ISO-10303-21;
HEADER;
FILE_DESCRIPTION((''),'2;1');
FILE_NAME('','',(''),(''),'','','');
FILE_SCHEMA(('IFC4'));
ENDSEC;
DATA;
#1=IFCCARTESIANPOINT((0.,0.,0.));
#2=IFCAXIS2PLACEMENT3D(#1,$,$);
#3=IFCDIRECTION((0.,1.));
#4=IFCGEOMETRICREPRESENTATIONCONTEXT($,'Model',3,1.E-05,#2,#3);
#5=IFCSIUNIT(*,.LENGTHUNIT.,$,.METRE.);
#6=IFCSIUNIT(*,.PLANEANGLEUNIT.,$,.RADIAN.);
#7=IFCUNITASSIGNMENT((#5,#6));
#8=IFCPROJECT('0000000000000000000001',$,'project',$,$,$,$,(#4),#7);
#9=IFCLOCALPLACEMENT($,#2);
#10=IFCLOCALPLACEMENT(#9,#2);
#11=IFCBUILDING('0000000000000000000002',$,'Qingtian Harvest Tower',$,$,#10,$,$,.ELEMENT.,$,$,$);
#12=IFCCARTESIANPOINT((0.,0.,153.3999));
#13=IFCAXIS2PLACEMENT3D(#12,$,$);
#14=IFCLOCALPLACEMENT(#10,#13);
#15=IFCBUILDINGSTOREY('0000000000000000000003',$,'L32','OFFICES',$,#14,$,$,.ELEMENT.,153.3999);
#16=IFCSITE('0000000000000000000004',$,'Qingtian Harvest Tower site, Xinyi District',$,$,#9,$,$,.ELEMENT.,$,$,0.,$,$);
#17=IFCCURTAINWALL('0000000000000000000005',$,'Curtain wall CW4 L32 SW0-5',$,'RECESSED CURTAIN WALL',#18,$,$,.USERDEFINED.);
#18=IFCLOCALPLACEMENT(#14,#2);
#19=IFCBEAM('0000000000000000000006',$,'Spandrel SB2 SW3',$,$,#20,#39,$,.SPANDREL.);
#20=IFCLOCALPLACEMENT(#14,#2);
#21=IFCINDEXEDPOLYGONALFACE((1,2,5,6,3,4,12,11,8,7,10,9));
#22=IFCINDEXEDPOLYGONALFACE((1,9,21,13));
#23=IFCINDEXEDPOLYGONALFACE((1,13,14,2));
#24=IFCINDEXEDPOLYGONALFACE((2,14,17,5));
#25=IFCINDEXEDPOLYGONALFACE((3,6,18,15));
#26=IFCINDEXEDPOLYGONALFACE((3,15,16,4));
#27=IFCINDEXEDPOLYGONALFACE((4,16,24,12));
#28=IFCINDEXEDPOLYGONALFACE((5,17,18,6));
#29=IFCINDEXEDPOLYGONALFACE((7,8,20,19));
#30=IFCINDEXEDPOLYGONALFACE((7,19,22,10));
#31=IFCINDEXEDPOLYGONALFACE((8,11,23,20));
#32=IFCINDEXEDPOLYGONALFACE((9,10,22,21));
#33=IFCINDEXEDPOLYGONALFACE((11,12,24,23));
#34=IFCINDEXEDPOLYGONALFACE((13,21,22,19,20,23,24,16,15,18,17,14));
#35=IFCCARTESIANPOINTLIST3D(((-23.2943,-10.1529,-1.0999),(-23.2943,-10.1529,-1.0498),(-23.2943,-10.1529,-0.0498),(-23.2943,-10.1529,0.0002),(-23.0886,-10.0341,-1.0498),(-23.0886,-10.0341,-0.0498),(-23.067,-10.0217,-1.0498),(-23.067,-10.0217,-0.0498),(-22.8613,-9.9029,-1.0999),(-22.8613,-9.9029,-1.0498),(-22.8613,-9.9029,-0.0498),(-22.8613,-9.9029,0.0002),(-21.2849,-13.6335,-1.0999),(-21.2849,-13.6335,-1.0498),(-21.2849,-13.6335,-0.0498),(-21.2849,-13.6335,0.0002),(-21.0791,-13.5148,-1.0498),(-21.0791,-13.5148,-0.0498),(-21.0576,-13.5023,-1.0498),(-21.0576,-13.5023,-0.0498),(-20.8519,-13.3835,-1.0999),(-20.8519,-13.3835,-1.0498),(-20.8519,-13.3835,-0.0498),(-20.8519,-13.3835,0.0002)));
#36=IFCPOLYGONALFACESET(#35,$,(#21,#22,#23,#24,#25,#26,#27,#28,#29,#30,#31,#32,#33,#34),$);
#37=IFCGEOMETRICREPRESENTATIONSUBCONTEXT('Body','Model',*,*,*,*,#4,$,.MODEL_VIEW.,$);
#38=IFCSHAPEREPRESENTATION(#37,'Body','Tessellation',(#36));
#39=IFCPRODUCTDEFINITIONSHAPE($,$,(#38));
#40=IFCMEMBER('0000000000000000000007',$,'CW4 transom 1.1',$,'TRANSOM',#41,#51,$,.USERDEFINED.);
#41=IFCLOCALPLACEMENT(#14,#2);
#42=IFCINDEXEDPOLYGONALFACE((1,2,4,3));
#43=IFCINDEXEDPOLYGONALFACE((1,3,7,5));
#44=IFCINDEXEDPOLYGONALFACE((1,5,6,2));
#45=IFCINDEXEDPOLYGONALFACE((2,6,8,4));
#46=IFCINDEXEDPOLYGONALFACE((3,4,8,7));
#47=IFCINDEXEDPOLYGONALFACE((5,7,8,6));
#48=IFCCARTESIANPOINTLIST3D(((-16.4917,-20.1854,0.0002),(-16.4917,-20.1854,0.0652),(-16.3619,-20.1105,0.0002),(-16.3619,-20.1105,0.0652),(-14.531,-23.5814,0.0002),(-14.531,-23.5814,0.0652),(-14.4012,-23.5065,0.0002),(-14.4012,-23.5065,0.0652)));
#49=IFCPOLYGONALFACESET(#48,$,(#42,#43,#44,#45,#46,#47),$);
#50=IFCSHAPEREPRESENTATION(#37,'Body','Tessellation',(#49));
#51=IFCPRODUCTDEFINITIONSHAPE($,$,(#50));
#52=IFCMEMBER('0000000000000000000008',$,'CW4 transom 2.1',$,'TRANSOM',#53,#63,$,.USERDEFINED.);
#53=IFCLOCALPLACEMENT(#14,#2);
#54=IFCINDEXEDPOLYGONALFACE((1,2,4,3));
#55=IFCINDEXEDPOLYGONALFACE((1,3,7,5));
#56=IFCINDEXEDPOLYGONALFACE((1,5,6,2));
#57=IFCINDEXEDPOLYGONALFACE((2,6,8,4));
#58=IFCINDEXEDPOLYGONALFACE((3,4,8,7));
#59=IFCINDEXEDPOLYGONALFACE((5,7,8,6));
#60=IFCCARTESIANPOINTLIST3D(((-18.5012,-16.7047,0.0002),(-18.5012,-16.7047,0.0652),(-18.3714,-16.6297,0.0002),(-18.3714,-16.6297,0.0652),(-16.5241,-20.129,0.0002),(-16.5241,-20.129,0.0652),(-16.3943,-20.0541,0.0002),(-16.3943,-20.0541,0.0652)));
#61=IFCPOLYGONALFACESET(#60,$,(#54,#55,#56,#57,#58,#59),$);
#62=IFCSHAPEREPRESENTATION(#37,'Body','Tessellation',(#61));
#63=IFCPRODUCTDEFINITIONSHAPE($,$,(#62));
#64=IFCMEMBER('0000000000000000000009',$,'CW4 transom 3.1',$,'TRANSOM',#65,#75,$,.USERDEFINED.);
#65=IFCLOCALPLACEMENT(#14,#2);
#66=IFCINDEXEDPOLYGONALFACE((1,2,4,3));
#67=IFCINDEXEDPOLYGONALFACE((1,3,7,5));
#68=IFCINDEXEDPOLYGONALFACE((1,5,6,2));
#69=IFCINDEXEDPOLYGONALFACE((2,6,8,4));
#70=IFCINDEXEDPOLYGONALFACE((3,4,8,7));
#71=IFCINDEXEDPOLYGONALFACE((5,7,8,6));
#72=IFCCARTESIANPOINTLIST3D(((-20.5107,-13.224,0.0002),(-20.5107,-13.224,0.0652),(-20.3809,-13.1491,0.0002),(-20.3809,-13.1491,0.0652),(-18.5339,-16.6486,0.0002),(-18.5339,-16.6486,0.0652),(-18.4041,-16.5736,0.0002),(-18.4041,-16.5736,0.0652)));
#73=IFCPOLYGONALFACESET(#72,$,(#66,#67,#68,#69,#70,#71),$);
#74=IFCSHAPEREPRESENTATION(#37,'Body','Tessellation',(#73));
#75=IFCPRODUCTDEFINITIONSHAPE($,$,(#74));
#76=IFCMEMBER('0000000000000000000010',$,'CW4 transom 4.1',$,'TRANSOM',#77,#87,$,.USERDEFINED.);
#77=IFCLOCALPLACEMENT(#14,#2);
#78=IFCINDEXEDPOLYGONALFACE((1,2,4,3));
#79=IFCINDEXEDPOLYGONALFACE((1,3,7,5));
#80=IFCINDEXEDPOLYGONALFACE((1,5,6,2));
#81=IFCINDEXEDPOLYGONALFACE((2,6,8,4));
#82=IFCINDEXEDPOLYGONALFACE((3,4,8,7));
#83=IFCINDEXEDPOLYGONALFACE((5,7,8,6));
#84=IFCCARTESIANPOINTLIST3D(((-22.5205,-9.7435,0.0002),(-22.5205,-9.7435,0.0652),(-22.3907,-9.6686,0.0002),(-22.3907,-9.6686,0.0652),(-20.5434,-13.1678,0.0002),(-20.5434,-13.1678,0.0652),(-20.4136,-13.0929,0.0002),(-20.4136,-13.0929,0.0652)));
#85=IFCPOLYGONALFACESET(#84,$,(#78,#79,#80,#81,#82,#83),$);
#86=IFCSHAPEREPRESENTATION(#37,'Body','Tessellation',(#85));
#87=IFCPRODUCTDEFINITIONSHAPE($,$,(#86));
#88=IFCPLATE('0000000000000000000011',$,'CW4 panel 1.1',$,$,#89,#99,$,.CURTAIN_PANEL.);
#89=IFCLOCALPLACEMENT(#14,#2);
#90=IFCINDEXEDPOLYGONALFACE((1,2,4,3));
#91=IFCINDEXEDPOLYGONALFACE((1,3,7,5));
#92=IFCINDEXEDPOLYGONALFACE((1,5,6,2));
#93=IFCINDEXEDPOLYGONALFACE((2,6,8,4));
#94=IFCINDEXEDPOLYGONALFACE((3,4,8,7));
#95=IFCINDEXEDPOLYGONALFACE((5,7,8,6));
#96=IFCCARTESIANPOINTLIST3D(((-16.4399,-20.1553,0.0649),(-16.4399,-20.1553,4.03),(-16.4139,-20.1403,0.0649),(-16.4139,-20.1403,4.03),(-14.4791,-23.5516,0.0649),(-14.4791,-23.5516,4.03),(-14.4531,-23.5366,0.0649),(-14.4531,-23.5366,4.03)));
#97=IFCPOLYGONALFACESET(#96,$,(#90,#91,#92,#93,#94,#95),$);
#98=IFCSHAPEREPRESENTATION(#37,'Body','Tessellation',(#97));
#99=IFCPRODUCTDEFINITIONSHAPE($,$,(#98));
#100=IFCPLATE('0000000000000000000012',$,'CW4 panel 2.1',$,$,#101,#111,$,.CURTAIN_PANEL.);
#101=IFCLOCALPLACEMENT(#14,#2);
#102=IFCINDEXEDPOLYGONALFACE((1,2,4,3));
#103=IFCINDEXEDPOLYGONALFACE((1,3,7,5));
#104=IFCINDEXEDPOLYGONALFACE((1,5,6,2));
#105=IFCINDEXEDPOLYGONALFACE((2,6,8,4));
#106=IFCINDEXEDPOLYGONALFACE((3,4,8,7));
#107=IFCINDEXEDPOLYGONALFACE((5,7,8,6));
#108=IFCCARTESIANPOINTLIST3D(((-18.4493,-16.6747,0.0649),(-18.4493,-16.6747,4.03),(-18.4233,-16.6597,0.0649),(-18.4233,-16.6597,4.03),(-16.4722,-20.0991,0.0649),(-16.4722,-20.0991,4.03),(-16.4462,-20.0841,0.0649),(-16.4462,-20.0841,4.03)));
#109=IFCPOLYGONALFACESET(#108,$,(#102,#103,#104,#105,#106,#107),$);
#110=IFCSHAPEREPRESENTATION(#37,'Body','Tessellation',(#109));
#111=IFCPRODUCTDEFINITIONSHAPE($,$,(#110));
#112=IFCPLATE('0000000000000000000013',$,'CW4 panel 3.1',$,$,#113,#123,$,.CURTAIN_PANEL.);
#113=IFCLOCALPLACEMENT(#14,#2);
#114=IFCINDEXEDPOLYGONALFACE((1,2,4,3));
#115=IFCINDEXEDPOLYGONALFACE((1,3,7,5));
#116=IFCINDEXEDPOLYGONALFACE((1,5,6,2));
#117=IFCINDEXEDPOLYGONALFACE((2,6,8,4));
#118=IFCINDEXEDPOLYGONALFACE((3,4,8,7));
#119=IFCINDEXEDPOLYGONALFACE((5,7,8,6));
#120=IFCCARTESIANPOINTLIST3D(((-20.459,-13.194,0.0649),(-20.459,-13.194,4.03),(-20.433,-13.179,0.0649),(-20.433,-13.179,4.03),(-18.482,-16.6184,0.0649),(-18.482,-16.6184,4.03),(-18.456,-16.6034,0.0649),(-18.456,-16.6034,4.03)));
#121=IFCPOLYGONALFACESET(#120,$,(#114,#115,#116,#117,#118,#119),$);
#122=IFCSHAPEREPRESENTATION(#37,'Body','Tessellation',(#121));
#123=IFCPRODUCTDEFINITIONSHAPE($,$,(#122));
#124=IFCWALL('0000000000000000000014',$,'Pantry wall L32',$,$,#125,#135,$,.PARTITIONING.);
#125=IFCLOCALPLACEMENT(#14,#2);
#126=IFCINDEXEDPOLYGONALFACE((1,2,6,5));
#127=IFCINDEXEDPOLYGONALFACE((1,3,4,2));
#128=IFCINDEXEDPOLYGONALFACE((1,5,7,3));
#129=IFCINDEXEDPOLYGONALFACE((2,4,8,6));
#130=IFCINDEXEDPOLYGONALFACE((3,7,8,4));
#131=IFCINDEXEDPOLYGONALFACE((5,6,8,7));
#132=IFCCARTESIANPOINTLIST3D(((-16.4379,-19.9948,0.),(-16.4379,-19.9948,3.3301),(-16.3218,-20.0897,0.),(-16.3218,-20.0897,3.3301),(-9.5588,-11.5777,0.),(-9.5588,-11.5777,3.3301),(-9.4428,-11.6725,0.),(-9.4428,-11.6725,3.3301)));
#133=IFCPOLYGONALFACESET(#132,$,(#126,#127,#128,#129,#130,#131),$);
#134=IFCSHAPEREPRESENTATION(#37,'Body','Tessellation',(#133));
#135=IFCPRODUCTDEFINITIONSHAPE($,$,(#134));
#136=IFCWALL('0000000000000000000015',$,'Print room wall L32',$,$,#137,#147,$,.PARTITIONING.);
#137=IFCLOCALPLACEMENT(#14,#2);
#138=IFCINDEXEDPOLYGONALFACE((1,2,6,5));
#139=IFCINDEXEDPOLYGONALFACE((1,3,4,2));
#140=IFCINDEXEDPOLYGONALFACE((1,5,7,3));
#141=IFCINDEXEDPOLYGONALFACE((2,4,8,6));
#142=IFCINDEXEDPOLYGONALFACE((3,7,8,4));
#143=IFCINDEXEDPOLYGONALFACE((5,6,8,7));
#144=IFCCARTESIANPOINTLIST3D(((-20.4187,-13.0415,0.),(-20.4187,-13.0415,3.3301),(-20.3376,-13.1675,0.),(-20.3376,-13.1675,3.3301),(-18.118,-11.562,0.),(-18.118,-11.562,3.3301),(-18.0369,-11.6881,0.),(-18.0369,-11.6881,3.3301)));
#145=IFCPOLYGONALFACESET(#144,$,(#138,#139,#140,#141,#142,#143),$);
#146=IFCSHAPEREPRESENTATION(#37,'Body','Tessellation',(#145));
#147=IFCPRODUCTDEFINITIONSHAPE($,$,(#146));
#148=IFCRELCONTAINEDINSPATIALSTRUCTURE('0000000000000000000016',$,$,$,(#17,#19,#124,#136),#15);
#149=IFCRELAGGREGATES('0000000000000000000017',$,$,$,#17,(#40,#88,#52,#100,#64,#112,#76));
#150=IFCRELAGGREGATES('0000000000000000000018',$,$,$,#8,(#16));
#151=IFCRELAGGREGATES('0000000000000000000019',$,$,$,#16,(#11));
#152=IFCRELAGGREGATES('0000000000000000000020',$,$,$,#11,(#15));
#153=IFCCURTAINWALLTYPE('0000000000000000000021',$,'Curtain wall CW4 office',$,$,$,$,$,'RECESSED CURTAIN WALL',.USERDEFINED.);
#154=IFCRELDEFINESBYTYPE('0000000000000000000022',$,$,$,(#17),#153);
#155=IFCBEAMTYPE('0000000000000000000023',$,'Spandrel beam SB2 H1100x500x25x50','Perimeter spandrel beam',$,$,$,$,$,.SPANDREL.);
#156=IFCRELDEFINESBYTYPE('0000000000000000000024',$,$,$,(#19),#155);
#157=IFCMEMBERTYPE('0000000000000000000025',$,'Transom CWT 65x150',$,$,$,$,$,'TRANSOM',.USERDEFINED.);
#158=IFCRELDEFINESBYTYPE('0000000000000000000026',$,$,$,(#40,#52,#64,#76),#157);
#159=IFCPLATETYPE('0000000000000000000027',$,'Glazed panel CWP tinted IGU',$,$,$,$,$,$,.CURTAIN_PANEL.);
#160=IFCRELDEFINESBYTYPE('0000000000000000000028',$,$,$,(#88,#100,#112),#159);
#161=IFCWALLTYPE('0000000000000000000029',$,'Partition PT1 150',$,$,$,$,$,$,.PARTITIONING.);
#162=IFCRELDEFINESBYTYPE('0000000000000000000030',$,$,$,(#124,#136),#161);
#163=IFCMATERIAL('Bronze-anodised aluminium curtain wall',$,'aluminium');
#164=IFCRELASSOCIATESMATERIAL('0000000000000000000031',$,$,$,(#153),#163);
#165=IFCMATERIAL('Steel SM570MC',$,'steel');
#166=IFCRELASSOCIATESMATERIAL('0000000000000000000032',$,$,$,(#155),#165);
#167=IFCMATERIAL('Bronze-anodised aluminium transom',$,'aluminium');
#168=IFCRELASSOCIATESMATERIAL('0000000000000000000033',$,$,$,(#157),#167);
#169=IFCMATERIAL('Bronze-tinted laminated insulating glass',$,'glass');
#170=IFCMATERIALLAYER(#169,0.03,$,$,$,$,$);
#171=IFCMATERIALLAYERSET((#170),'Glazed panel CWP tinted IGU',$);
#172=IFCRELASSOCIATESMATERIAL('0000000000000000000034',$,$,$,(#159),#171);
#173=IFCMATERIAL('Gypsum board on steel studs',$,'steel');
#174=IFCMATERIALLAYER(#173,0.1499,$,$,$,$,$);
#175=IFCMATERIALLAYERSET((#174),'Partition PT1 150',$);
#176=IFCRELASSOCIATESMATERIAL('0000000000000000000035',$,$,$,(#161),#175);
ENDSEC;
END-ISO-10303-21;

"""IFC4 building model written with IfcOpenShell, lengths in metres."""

from ifc_helpers import new_model, si_unit, direction, frame, frame_2d, origin, origin_2d, place, context, subcontext, project, spatial, rectangle, i_section, extrude, material, layer, layer_set, material_profile, profile_set, type_object, element, aggregate, save


model = new_model("IFC4")

# Units and contexts
model_context = context("Model", 3, precision=1e-05, world=origin(), true_north=direction((0.0, 1.0)))
body_context = subcontext(model_context, "Body", "Model", "MODEL_VIEW")
ifc_project = project(units=[si_unit("LENGTHUNIT", "METRE"), si_unit("PLANEANGLEUNIT", "RADIAN")], contexts=[model_context])

# Site, building, storey
site_placement = place(None, origin())
site = spatial("IfcSite", under=ifc_project, at=site_placement, Name="Qingtian Harvest Tower site, Xinyi District", CompositionType="ELEMENT", RefElevation=0.0)
building_placement = place(site_placement, origin())
building = spatial("IfcBuilding", under=site, at=building_placement, Name="Qingtian Harvest Tower", CompositionType="ELEMENT")
storey_placement = place(building_placement, frame((0.0, 0.0, 153.3999)))
storey = spatial("IfcBuildingStorey", under=building, at=storey_placement, Name="L32", Description="OFFICES", CompositionType="ELEMENT", Elevation=153.3999)

# Shared definitions
ifc_material_1 = material(Name="Bronze-anodised aluminium curtain wall", Category="aluminium")
curtain_wall_type = type_object("IfcCurtainWallType", Name="Curtain wall CW4 office", ElementType="RECESSED CURTAIN WALL", PredefinedType="USERDEFINED", material=ifc_material_1)

# Curtain wall
curtain_wall_1_placement = place(storey_placement, origin())
curtain_wall_1 = element("IfcCurtainWall", 1, at=curtain_wall_1_placement, inside=storey, type_object=curtain_wall_type, Name="Curtain wall CW4 L32 SW0-5", ObjectType="RECESSED CURTAIN WALL", PredefinedType="USERDEFINED")

# Beam
ifc_material_2 = material(Name="Steel SM570MC", Category="steel")
ifc_material_profile_1 = material_profile(ifc_material_2, i_section(OverallWidth=0.5, OverallDepth=1.1001, WebThickness=0.0249, FlangeThickness=0.05, at=origin_2d()), Name="H1100x500x25x50")
ifc_profile_set_1 = profile_set([ifc_material_profile_1], Name="Steel SM570MC")
beam_type_1 = type_object("IfcBeamType", Name="Spandrel beam SB2 H1100x500x25x50", Description="Perimeter spandrel beam", PredefinedType="SPANDREL", material=ifc_profile_set_1)
for number, where, z_axis, x_axis, name in (
    (2, (-21.0684, -13.5085, -0.5498), (-0.499987, 0.866033, 0.0), (-0.866033, -0.499987, 0.0), "Spandrel SB2 SW3"),
):
    element("IfcBeam", number, at=place(storey_placement, frame(where, z_axis=z_axis, x_axis=x_axis)), inside=storey, type_object=beam_type_1, Name=name, PredefinedType="SPANDREL", context=body_context, shape_type="SweptSolid", body=[
        extrude(i_section(OverallWidth=0.5, OverallDepth=1.1001, WebThickness=0.0249, FlangeThickness=0.05, at=origin_2d()), origin(), (0.0, 0.0, 1.0), 4.019),
    ])

# Members
ifc_material_3 = material(Name="Bronze-anodised aluminium transom", Category="aluminium")
ifc_material_profile_2 = material_profile(ifc_material_3, rectangle(XDim=0.1499, YDim=0.0649, at=origin_2d()), Name="AL 65x150")
ifc_profile_set_2 = profile_set([ifc_material_profile_2], Name="Bronze-anodised aluminium transom")
member_type_1 = type_object("IfcMemberType", Name="Transom CWT 65x150", ElementType="TRANSOM", PredefinedType="USERDEFINED", material=ifc_profile_set_2)
member_1_placement = place(storey_placement, frame((-14.4661, -23.5439, 0.0327), z_axis=(-0.500003, 0.866024, 0.0), x_axis=(-0.866024, -0.500003, 0.0)))
member_1 = element("IfcMember", 3, at=member_1_placement, type_object=member_type_1, Name="CW4 transom 1.1", ObjectType="TRANSOM", PredefinedType="USERDEFINED", context=body_context, shape_type="SweptSolid", body=[
    extrude(rectangle(XDim=0.1499, YDim=0.0649, at=origin_2d()), origin(), (0.0, 0.0, 1.0), 3.9214),
])
member_2_placement = place(storey_placement, frame((-16.4592, -20.0916, 0.0327), z_axis=(-0.500004, 0.866023, 0.0), x_axis=(-0.866023, -0.500004, 0.0)))
member_2 = element("IfcMember", 4, at=member_2_placement, type_object=member_type_1, Name="CW4 transom 2.1", ObjectType="TRANSOM", PredefinedType="USERDEFINED", context=body_context, shape_type="SweptSolid", body=[
    extrude(rectangle(XDim=0.1499, YDim=0.0649, at=origin_2d()), origin(), (0.0, 0.0, 1.0), 3.9541),
])
member_3_placement = place(storey_placement, frame((-18.469, -16.6111, 0.0327), z_axis=(-0.499931, 0.866065, 0.0), x_axis=(-0.866065, -0.499931, 0.0)))
member_3 = element("IfcMember", 5, at=member_3_placement, type_object=member_type_1, Name="CW4 transom 3.1", ObjectType="TRANSOM", PredefinedType="USERDEFINED", context=body_context, shape_type="SweptSolid", body=[
    extrude(rectangle(XDim=0.1499, YDim=0.0649, at=origin_2d()), origin(), (0.0, 0.0, 1.0), 3.9541),
])
member_4_placement = place(storey_placement, frame((-20.4785, -13.1304, 0.0327), z_axis=(-0.500004, 0.866023, 0.0), x_axis=(-0.866023, -0.500004, 0.0)))
member_4 = element("IfcMember", 6, at=member_4_placement, type_object=member_type_1, Name="CW4 transom 4.1", ObjectType="TRANSOM", PredefinedType="USERDEFINED", context=body_context, shape_type="SweptSolid", body=[
    extrude(rectangle(XDim=0.1499, YDim=0.0649, at=origin_2d()), origin(), (0.0, 0.0, 1.0), 3.9541),
])

# Plates
ifc_material_4 = material(Name="Bronze-tinted laminated insulating glass", Category="glass")
ifc_layer_1 = layer(ifc_material_4, 0.03)
ifc_layer_set_1 = layer_set([ifc_layer_1], Name="Glazed panel CWP tinted IGU")
plate_type = type_object("IfcPlateType", Name="Glazed panel CWP tinted IGU", PredefinedType="CURTAIN_PANEL", material=ifc_layer_set_1)
plate_1_placement = place(storey_placement, frame((-15.4465, -21.8459, 0.0649), z_axis=(0.0, 0.0, 1.0), x_axis=(-0.5, 0.866025, 0.0)))
plate_1 = element("IfcPlate", 7, at=plate_1_placement, type_object=plate_type, Name="CW4 panel 1.1", PredefinedType="CURTAIN_PANEL", context=body_context, shape_type="SweptSolid", body=[
    extrude(rectangle(XDim=3.9216, YDim=0.03, at=origin_2d()), origin(), (0.0, 0.0, 1.0), 3.9651),
])
plate_2_placement = place(storey_placement, frame((-17.4478, -18.3794, 0.0649), z_axis=(0.0, 0.0, 1.0), x_axis=(-0.5, 0.866025, 0.0)))
plate_2 = element("IfcPlate", 8, at=plate_2_placement, type_object=plate_type, Name="CW4 panel 2.1", PredefinedType="CURTAIN_PANEL", context=body_context, shape_type="SweptSolid", body=[
    extrude(rectangle(XDim=3.9541, YDim=0.03, at=origin_2d()), origin(), (0.0, 0.0, 1.0), 3.9651),
])
plate_3_placement = place(storey_placement, frame((-19.4575, -14.8987, 0.0649), z_axis=(0.0, 0.0, 1.0), x_axis=(-0.5, 0.866025, 0.0)))
plate_3 = element("IfcPlate", 9, at=plate_3_placement, type_object=plate_type, Name="CW4 panel 3.1", PredefinedType="CURTAIN_PANEL", context=body_context, shape_type="SweptSolid", body=[
    extrude(rectangle(XDim=3.9541, YDim=0.03, at=origin_2d()), origin(), (0.0, 0.0, 1.0), 3.9651),
])
aggregate(curtain_wall_1, [member_1, plate_1, member_2, plate_2, member_3, plate_3, member_4])

# Walls
ifc_material_5 = material(Name="Gypsum board on steel studs", Category="steel")
ifc_layer_2 = layer(ifc_material_5, 0.1499)
ifc_layer_set_2 = layer_set([ifc_layer_2], Name="Partition PT1 150")
wall_type = type_object("IfcWallType", Name="Partition PT1 150", PredefinedType="PARTITIONING", material=ifc_layer_set_2)
wall_1_placement = place(storey_placement, frame((-16.3799, -20.0422, 0.0), z_axis=(0.0, 0.0, 1.0), x_axis=(0.632815, 0.774303, 0.0)))
element("IfcWall", 10, at=wall_1_placement, inside=storey, type_object=wall_type, Name="Pantry wall L32", PredefinedType="PARTITIONING", context=body_context, shape_type="SweptSolid", body=[
    extrude(rectangle(XDim=10.8706, YDim=0.1499, at=frame_2d((5.4353, 0.0))), origin(), (0.0, 0.0, 1.0), 3.3301),
])
wall_2_placement = place(storey_placement, frame((-20.3782, -13.1045, 0.0), z_axis=(0.0, 0.0, 1.0), x_axis=(0.841109, 0.540866, 0.0)))
element("IfcWall", 11, at=wall_2_placement, inside=storey, type_object=wall_type, Name="Print room wall L32", PredefinedType="PARTITIONING", context=body_context, shape_type="SweptSolid", body=[
    extrude(rectangle(XDim=2.7354, YDim=0.1499, at=frame_2d((1.3677, 0.0))), origin(), (0.0, 0.0, 1.0), 3.3301),
])

save(model, "model.ifc")
